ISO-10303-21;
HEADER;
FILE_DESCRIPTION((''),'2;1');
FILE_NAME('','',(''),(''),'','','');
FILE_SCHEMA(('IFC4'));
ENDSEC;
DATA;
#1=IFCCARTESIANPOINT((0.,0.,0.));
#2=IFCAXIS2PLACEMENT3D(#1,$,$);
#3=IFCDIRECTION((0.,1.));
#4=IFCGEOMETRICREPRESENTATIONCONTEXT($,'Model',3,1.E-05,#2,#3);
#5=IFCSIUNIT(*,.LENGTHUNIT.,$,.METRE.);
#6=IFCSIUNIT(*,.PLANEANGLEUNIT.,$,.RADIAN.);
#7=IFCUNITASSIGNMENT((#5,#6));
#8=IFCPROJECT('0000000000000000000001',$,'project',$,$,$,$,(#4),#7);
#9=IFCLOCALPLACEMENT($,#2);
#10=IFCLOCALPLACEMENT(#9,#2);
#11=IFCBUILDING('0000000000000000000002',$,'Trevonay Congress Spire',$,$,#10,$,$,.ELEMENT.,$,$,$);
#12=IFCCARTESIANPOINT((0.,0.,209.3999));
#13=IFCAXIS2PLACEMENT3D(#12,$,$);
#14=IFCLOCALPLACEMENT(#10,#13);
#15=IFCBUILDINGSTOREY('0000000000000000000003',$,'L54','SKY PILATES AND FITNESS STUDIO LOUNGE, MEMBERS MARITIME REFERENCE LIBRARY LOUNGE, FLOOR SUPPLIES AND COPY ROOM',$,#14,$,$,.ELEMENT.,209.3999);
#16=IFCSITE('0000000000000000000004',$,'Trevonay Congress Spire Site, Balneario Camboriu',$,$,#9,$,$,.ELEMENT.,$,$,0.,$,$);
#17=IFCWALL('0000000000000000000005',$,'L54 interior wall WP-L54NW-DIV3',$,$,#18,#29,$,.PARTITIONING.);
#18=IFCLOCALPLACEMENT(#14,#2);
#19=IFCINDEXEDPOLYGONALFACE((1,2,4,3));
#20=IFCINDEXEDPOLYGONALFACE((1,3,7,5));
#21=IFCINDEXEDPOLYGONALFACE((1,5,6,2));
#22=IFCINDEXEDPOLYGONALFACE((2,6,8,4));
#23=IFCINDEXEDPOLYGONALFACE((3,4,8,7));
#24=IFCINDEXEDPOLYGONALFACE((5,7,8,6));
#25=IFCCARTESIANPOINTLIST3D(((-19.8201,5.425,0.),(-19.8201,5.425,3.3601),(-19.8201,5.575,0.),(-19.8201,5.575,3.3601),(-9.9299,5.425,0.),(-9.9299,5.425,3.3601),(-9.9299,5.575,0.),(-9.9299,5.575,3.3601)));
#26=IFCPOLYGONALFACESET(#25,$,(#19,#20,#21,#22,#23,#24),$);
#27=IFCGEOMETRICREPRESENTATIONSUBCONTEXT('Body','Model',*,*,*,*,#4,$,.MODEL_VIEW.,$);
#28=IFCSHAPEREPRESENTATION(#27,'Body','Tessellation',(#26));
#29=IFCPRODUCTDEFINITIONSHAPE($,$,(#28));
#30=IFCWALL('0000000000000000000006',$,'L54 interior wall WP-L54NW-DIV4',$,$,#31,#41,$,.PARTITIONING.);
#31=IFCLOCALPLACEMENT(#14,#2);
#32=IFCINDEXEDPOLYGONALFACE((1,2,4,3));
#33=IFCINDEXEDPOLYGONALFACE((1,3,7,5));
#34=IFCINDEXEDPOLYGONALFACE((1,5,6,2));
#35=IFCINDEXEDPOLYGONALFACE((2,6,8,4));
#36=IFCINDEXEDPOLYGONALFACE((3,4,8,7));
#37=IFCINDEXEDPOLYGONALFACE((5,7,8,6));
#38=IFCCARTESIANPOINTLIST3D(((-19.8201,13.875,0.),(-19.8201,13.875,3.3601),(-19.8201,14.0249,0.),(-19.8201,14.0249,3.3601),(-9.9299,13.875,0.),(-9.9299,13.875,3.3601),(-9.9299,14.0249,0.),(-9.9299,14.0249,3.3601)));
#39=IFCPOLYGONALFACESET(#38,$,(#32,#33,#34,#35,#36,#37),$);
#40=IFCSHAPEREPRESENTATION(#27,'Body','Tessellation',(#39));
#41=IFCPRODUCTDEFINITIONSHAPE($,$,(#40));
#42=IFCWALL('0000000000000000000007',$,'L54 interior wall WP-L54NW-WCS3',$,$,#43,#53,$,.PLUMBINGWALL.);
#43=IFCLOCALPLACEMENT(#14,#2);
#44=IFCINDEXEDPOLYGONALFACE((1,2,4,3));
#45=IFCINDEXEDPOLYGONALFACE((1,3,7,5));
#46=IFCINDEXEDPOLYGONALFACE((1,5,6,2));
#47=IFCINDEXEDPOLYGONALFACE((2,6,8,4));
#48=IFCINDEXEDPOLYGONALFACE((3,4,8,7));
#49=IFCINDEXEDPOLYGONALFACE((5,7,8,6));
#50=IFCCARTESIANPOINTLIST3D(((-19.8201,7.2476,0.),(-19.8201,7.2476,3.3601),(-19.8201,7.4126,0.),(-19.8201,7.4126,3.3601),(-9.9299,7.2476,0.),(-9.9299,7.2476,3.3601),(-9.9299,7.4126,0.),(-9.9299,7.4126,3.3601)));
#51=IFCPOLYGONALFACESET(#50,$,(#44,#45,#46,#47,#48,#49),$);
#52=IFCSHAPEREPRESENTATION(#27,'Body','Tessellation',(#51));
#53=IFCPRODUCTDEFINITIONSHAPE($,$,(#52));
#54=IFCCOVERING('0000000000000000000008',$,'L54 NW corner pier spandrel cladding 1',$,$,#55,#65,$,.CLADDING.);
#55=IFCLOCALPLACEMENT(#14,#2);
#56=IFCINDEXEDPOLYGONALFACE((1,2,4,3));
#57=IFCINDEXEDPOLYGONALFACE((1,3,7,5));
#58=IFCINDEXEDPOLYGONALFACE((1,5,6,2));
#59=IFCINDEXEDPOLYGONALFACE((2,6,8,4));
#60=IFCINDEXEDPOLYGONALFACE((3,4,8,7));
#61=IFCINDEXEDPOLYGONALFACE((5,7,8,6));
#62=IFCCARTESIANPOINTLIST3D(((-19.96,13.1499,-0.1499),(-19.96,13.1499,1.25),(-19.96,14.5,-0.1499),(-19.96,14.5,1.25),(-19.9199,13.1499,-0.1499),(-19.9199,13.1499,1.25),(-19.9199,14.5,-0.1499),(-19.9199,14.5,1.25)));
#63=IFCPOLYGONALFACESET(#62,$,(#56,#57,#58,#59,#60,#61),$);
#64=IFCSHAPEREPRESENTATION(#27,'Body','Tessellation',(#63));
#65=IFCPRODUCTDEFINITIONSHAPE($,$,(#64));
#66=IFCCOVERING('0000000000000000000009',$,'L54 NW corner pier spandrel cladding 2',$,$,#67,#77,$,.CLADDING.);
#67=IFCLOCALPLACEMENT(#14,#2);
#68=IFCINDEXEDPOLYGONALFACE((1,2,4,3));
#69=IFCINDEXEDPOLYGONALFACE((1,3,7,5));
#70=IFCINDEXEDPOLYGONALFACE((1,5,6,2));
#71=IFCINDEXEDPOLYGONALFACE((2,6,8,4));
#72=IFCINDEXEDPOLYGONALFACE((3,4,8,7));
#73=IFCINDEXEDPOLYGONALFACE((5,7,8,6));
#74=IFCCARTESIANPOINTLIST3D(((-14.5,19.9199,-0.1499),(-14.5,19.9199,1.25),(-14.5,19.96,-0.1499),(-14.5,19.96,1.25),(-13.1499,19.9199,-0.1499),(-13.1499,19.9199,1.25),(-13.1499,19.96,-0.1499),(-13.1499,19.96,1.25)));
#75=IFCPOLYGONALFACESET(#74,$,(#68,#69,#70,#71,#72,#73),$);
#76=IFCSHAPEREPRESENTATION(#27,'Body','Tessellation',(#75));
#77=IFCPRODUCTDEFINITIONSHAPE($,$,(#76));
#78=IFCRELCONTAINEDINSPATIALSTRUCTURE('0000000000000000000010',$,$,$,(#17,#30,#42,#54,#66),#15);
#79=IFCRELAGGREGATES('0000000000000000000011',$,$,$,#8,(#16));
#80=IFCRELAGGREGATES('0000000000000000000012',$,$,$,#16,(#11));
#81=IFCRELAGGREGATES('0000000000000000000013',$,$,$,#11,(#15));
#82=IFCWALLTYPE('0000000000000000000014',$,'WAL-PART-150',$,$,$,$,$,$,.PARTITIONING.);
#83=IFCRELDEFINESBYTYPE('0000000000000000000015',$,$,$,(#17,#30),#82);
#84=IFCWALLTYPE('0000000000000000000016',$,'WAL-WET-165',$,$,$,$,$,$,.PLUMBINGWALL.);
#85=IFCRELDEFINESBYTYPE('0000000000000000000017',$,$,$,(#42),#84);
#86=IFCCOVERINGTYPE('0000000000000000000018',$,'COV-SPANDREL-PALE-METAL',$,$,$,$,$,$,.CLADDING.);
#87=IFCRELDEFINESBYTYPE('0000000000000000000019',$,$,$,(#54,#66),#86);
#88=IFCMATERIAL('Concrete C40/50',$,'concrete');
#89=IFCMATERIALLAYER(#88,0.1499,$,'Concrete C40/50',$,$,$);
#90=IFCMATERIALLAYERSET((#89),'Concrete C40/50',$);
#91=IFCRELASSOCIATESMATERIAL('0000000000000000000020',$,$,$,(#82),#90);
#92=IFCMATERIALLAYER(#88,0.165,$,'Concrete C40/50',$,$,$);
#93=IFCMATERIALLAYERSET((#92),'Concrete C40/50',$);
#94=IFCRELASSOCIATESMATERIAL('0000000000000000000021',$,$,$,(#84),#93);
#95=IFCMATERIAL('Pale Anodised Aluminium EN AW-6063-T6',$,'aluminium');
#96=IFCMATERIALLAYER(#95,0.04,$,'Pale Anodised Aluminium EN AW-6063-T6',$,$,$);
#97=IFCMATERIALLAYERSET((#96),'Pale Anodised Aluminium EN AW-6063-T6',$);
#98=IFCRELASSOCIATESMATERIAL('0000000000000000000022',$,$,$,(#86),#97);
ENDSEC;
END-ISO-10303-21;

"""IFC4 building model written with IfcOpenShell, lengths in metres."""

from ifc_helpers import new_model, si_unit, direction, frame, frame_2d, origin, place, context, subcontext, project, spatial, rectangle, extrude, material, layer, layer_set, type_object, element, save


model = new_model("IFC4")

# Units and contexts
model_context = context("Model", 3, precision=1e-05, world=origin(), true_north=direction((0.0, 1.0)))
body_context = subcontext(model_context, "Body", "Model", "MODEL_VIEW")
ifc_project = project(units=[si_unit("LENGTHUNIT", "METRE"), si_unit("PLANEANGLEUNIT", "RADIAN")], contexts=[model_context])

# Site, building, storey
site_placement = place(None, origin())
site = spatial("IfcSite", under=ifc_project, at=site_placement, Name="Trevonay Congress Spire Site, Balneario Camboriu", CompositionType="ELEMENT", RefElevation=0.0)
building_placement = place(site_placement, origin())
building = spatial("IfcBuilding", under=site, at=building_placement, Name="Trevonay Congress Spire", CompositionType="ELEMENT")
storey_placement = place(building_placement, frame((0.0, 0.0, 209.3999)))
storey = spatial("IfcBuildingStorey", under=building, at=storey_placement, Name="L54", Description="SKY PILATES AND FITNESS STUDIO LOUNGE, MEMBERS MARITIME REFERENCE LIBRARY LOUNGE, FLOOR SUPPLIES AND COPY ROOM", CompositionType="ELEMENT", Elevation=209.3999)

# Shared definitions
ifc_material_1 = material(Name="Pale Anodised Aluminium EN AW-6063-T6", Category="aluminium")

# Walls
ifc_material_2 = material(Name="Concrete C40/50", Category="concrete")
ifc_layer_1 = layer(ifc_material_2, 0.1499, Name="Concrete C40/50")
ifc_layer_set_1 = layer_set([ifc_layer_1], Name="Concrete C40/50")
wall_type_1 = type_object("IfcWallType", Name="WAL-PART-150", PredefinedType="PARTITIONING", material=ifc_layer_set_1)
for number, where, z_axis, x_axis, name in (
    (1, (-19.8201, 5.5, 0.0), (0.0, 0.0, 1.0), (1.0, 0.0, 0.0), "L54 interior wall WP-L54NW-DIV3"),
    (2, (-19.8201, 13.95, 0.0), (0.0, 0.0, 1.0), (1.0, 0.0, 0.0), "L54 interior wall WP-L54NW-DIV4"),
):
    element("IfcWall", number, at=place(storey_placement, frame(where, z_axis=z_axis, x_axis=x_axis)), inside=storey, type_object=wall_type_1, Name=name, PredefinedType="PARTITIONING", context=body_context, shape_type="SweptSolid", body=[
        extrude(rectangle(XDim=9.8901, YDim=0.1499, at=frame_2d((4.9451, 0.0))), origin(), (0.0, 0.0, 1.0), 3.3601),
    ])
ifc_layer_2 = layer(ifc_material_2, 0.165, Name="Concrete C40/50")
ifc_layer_set_2 = layer_set([ifc_layer_2], Name="Concrete C40/50")
wall_type_2 = type_object("IfcWallType", Name="WAL-WET-165", PredefinedType="PLUMBINGWALL", material=ifc_layer_set_2)
wall_1_placement = place(storey_placement, frame((-19.8201, 7.3301, 0.0), z_axis=(0.0, 0.0, 1.0), x_axis=(1.0, 0.0, 0.0)))
element("IfcWall", 3, at=wall_1_placement, inside=storey, type_object=wall_type_2, Name="L54 interior wall WP-L54NW-WCS3", PredefinedType="PLUMBINGWALL", context=body_context, shape_type="SweptSolid", body=[
    extrude(rectangle(XDim=9.8901, YDim=0.165, at=frame_2d((4.9451, 0.0))), origin(), (0.0, 0.0, 1.0), 3.3601),
])

# Coverings
ifc_layer_3 = layer(ifc_material_1, 0.04, Name="Pale Anodised Aluminium EN AW-6063-T6")
ifc_layer_set_3 = layer_set([ifc_layer_3], Name="Pale Anodised Aluminium EN AW-6063-T6")
covering_type = type_object("IfcCoveringType", Name="COV-SPANDREL-PALE-METAL", PredefinedType="CLADDING", material=ifc_layer_set_3)
for number, where, z_axis, x_axis, name in (
    (4, (-19.9399, 13.1499, -0.1499), (0.0, 0.0, 1.0), (0.0, 1.0, 0.0), "L54 NW corner pier spandrel cladding 1"),
    (5, (-13.1499, 19.9399, -0.1499), (0.0, 0.0, 1.0), (-1.0, 0.0, 0.0), "L54 NW corner pier spandrel cladding 2"),
):
    element("IfcCovering", number, at=place(storey_placement, frame(where, z_axis=z_axis, x_axis=x_axis)), inside=storey, type_object=covering_type, Name=name, PredefinedType="CLADDING", context=body_context, shape_type="SweptSolid", body=[
        extrude(rectangle(XDim=1.3501, YDim=0.04, at=frame_2d((0.675, 0.0))), origin(), (0.0, 0.0, 1.0), 1.3999),
    ])

save(model, "model.ifc")
